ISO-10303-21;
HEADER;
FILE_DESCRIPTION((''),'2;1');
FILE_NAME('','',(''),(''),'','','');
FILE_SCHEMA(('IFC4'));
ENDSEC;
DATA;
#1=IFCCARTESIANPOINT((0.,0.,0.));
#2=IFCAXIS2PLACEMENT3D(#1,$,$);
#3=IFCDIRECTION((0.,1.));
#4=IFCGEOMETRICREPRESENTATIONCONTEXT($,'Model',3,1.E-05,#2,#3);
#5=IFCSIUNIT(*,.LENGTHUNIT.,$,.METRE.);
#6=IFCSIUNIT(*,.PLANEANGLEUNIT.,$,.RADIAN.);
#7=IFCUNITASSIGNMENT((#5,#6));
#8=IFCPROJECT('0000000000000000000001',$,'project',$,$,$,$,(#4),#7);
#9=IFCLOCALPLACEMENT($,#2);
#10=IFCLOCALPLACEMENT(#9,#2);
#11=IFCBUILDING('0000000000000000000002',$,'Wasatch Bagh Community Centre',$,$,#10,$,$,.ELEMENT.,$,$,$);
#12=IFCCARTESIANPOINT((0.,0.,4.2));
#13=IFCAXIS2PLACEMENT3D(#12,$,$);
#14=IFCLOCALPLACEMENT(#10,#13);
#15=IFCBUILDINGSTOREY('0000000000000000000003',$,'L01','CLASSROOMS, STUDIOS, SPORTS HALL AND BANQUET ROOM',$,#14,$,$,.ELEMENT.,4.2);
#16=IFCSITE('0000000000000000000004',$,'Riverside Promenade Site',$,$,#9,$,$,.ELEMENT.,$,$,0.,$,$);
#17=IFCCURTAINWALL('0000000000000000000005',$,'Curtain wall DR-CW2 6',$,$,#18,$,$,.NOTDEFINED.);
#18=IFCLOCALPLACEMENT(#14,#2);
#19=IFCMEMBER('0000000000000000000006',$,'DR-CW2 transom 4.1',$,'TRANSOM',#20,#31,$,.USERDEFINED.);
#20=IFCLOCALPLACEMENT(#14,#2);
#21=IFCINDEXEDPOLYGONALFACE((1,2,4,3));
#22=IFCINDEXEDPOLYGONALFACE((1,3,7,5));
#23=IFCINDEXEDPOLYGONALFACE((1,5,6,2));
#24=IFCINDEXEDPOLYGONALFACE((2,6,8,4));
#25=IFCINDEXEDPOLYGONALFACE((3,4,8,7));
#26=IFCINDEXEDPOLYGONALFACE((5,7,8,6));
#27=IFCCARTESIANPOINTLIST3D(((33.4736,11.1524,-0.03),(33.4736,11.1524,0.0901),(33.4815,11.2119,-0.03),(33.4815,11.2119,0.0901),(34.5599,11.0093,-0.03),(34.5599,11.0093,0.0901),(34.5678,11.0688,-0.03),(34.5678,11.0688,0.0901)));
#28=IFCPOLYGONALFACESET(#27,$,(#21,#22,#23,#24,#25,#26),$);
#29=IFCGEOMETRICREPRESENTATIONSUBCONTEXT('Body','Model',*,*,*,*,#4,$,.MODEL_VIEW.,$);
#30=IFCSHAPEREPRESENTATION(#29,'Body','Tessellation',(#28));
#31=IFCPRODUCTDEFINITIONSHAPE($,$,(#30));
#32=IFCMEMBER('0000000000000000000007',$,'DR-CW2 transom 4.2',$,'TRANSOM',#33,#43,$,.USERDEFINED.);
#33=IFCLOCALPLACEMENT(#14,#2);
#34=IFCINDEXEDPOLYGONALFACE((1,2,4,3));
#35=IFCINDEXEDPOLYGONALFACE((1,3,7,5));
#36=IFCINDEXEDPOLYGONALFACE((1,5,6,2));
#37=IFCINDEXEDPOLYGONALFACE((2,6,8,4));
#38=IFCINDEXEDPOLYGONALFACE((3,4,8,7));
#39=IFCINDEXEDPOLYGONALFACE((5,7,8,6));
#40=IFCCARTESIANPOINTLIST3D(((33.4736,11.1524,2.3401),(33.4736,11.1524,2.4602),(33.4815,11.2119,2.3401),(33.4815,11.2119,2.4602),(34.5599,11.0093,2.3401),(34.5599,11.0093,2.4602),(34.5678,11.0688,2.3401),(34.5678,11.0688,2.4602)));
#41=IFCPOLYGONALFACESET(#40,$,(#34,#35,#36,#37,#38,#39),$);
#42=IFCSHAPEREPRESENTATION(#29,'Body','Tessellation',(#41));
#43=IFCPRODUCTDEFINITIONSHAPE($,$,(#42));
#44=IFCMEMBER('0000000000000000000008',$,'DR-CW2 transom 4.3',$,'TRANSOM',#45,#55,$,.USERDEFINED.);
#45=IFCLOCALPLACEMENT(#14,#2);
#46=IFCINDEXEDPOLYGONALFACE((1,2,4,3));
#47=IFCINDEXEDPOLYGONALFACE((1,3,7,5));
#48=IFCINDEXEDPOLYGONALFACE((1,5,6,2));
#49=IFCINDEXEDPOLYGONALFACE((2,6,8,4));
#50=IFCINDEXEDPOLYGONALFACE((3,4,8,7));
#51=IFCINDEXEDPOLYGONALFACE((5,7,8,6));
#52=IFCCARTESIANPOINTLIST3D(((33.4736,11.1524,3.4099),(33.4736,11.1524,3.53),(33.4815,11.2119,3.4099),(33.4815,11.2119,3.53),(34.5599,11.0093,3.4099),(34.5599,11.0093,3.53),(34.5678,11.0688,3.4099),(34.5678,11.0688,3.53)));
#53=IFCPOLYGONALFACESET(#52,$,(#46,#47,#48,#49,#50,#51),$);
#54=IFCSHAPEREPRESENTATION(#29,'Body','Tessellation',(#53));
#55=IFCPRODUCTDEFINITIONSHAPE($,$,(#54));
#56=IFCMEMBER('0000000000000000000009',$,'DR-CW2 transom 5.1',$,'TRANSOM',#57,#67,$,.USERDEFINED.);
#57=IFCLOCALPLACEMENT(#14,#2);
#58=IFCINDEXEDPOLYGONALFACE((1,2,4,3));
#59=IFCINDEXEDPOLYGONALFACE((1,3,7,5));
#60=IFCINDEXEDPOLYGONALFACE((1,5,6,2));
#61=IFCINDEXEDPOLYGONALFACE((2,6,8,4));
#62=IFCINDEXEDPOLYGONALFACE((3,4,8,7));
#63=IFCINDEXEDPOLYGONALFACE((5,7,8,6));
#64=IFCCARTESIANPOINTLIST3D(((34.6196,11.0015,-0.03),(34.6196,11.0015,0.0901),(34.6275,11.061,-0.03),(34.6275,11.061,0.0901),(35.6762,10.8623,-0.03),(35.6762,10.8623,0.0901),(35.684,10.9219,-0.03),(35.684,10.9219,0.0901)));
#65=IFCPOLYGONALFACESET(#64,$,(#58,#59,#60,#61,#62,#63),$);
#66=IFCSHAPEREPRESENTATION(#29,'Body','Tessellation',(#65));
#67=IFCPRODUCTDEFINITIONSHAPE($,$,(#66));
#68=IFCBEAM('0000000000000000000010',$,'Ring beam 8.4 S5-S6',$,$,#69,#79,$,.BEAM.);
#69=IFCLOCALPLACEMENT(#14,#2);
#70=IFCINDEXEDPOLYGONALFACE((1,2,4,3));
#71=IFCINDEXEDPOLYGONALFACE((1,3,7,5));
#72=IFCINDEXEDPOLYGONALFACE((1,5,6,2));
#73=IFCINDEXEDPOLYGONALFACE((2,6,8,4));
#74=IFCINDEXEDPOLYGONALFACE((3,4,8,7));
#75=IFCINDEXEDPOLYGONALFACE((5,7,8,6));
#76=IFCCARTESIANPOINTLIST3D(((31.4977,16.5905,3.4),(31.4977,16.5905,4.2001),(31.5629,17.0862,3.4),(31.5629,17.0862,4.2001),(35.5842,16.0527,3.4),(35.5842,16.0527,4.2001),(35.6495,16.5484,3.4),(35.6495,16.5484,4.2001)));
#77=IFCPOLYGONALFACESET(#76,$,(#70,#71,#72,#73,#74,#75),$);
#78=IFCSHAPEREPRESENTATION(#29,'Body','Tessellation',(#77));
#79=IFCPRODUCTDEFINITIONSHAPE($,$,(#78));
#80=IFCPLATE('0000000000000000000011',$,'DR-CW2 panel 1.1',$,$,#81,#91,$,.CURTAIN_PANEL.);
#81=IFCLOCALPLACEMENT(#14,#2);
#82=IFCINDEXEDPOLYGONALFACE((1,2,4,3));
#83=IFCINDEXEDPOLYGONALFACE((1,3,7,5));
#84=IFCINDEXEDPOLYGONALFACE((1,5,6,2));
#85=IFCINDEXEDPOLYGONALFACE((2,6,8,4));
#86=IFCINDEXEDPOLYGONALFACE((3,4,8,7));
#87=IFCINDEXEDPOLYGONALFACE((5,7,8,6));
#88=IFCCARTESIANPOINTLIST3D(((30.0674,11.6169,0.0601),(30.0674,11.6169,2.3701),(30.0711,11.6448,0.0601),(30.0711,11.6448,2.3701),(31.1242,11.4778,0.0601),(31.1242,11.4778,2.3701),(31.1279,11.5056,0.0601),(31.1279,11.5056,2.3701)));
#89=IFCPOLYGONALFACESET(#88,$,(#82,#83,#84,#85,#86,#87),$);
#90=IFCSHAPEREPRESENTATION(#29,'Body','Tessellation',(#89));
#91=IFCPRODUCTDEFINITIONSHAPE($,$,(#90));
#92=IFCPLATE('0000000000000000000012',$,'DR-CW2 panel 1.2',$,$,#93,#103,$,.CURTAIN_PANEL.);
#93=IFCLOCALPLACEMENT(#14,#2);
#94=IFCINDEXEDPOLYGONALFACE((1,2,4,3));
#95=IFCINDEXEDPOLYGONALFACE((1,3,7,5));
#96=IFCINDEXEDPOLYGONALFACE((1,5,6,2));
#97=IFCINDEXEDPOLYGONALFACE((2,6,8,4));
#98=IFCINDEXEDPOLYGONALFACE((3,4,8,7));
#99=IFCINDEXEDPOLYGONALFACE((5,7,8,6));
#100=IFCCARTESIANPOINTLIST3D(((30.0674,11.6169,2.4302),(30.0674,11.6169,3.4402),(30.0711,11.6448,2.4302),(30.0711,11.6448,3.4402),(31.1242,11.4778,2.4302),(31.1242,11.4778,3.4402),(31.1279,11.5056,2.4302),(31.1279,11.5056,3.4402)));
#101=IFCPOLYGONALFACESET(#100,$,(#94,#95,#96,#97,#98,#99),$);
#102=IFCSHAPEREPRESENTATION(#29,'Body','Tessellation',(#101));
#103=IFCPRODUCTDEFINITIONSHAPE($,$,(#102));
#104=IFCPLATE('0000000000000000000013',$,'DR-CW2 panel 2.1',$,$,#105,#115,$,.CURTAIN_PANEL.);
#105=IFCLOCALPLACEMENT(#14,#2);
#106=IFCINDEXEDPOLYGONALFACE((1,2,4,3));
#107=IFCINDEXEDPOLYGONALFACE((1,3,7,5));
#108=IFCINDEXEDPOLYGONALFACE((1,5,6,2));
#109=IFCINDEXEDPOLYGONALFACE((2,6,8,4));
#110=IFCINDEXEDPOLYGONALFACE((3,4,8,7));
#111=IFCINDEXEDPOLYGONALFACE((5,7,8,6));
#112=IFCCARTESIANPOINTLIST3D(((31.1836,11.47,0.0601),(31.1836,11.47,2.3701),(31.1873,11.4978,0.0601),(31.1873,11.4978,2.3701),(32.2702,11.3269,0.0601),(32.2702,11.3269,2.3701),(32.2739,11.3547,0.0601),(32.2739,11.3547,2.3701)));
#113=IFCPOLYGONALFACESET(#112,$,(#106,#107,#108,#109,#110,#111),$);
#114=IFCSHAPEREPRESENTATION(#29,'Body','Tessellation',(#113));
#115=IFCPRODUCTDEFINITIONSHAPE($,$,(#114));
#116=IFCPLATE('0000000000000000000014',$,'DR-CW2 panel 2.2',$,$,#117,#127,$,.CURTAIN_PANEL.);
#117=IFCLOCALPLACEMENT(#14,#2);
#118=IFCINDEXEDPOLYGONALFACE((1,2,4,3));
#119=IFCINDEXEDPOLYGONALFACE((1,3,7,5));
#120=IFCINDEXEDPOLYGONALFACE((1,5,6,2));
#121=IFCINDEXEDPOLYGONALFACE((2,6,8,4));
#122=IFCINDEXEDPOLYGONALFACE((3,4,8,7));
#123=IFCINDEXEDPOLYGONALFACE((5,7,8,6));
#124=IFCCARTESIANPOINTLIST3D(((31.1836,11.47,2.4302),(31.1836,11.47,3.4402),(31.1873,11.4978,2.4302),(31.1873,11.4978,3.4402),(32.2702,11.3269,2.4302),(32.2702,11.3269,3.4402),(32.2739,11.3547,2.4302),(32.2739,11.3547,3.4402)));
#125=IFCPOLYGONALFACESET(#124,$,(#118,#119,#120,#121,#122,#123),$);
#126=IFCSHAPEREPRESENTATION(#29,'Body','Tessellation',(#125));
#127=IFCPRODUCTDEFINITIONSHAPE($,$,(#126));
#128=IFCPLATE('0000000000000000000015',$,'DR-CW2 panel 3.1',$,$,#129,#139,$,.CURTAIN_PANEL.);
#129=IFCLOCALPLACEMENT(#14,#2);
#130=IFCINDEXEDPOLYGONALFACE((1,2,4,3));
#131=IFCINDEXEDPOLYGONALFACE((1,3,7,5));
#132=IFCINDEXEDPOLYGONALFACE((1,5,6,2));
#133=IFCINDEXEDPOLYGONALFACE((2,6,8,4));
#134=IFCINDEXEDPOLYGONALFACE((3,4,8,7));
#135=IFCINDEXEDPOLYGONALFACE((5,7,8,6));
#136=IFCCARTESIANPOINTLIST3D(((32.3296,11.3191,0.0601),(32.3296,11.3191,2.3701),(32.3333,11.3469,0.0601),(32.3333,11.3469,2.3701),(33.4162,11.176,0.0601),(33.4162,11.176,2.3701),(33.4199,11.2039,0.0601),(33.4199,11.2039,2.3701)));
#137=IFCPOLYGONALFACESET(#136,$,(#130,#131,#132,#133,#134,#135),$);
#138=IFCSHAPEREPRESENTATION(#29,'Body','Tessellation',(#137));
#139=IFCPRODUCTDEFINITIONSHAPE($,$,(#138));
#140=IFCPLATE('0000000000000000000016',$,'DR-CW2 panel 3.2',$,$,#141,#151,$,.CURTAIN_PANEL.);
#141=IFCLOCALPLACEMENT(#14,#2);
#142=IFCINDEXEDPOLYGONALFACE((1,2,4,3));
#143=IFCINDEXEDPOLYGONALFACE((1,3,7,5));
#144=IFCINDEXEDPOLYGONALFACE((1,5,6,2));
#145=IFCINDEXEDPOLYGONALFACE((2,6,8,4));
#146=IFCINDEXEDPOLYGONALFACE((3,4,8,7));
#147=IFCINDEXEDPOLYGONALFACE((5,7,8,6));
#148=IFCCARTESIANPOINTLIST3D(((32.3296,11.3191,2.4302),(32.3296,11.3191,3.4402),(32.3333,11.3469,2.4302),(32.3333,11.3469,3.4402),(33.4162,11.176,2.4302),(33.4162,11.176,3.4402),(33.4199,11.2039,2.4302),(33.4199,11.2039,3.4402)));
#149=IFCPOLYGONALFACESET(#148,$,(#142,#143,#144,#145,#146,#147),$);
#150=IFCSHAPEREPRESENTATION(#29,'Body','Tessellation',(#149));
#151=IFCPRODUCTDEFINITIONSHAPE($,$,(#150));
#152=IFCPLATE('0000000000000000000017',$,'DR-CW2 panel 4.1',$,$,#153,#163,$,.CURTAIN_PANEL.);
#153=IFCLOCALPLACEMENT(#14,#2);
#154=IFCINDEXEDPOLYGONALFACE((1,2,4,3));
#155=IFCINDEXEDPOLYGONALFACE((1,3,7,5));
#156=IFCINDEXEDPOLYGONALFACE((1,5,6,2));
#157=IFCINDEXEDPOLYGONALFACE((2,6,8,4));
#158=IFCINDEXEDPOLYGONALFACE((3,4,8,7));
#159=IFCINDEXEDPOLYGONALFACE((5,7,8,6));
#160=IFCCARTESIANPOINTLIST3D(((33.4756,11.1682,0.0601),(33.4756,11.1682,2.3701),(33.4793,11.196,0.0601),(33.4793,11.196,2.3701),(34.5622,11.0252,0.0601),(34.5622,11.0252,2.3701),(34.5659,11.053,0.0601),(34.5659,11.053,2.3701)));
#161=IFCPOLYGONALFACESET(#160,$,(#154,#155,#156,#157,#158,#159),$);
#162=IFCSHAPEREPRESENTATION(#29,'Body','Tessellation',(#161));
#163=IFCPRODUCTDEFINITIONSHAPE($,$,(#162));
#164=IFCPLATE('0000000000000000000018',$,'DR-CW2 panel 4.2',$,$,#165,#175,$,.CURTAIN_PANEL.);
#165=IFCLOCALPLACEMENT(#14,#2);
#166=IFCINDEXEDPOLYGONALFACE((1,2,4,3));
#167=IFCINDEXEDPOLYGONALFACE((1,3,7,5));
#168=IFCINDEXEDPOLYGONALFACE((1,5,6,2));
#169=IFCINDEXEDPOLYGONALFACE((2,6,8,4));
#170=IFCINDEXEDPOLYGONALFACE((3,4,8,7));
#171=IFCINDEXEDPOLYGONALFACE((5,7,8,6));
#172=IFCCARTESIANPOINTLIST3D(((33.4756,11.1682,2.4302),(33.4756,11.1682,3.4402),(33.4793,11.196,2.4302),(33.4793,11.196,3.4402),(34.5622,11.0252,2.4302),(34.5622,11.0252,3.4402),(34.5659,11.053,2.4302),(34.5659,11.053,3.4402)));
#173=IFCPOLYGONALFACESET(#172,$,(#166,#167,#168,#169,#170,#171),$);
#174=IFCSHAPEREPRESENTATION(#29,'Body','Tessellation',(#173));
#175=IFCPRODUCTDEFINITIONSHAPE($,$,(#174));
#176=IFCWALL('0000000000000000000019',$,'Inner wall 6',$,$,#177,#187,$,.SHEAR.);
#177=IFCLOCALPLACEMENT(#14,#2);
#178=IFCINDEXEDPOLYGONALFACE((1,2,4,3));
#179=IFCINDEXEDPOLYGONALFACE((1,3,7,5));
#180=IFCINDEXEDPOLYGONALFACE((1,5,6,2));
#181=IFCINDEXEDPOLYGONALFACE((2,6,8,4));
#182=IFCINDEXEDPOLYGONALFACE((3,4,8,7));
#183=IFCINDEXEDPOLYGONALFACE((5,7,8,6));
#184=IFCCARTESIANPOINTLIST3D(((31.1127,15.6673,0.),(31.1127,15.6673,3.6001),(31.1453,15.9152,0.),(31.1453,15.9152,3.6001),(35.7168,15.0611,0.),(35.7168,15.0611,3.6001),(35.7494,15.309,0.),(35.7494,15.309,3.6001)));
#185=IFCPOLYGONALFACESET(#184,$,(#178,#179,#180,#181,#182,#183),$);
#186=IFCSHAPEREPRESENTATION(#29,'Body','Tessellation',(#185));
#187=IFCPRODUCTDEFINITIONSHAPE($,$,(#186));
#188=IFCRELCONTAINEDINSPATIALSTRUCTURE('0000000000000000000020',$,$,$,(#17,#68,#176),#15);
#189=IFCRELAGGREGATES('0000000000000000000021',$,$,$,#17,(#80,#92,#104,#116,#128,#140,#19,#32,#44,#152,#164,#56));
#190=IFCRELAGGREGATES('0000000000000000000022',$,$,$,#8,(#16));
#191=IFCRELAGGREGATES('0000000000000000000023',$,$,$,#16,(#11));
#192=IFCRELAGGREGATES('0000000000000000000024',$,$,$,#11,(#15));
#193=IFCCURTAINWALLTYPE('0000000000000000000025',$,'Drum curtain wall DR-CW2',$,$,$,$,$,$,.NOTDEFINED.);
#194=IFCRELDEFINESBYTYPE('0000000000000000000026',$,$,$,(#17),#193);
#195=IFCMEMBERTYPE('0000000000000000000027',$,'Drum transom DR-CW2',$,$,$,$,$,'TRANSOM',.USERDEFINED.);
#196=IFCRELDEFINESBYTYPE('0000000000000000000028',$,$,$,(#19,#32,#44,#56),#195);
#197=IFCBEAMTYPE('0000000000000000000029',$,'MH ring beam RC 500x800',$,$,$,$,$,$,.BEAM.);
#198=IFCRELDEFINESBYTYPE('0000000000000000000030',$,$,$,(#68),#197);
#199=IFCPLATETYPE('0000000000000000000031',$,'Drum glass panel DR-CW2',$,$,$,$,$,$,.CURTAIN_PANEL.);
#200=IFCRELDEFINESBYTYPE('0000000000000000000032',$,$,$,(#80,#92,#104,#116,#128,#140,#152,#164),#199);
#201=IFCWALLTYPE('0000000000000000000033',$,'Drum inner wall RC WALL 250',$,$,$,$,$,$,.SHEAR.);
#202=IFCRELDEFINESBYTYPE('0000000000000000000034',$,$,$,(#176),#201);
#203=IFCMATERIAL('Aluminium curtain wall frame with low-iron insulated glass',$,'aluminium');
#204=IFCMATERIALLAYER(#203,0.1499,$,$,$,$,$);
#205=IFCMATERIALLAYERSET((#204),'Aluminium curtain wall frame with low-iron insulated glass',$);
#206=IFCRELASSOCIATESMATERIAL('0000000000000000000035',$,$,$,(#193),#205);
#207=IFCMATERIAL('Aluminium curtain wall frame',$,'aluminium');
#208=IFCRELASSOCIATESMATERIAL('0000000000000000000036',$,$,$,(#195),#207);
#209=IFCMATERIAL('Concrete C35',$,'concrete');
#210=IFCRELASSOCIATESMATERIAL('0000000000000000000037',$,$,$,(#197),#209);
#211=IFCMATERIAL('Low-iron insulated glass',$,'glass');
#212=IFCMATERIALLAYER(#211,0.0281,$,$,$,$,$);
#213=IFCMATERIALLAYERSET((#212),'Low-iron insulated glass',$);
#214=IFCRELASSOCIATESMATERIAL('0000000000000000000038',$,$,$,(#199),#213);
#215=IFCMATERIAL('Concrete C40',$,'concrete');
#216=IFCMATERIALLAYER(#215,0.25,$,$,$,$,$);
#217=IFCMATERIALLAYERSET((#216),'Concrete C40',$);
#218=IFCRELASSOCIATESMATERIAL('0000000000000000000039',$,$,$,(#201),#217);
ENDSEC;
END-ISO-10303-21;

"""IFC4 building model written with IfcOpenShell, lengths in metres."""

from ifc_helpers import new_model, si_unit, direction, frame, frame_2d, origin, origin_2d, place, context, subcontext, project, spatial, rectangle, extrude, material, layer, layer_set, material_profile, profile_set, type_object, element, aggregate, save


model = new_model("IFC4")

# Units and contexts
model_context = context("Model", 3, precision=1e-05, world=origin(), true_north=direction((0.0, 1.0)))
body_context = subcontext(model_context, "Body", "Model", "MODEL_VIEW")
ifc_project = project(units=[si_unit("LENGTHUNIT", "METRE"), si_unit("PLANEANGLEUNIT", "RADIAN")], contexts=[model_context])

# Site, building, storey
site_placement = place(None, origin())
site = spatial("IfcSite", under=ifc_project, at=site_placement, Name="Riverside Promenade Site", CompositionType="ELEMENT", RefElevation=0.0)
building_placement = place(site_placement, origin())
building = spatial("IfcBuilding", under=site, at=building_placement, Name="Wasatch Bagh Community Centre", CompositionType="ELEMENT")
storey_placement = place(building_placement, frame((0.0, 0.0, 4.2)))
storey = spatial("IfcBuildingStorey", under=building, at=storey_placement, Name="L01", Description="CLASSROOMS, STUDIOS, SPORTS HALL AND BANQUET ROOM", CompositionType="ELEMENT", Elevation=4.2)

# Shared definitions
ifc_material_1 = material(Name="Concrete C40", Category="concrete")

# Curtain wall
ifc_material_2 = material(Name="Aluminium curtain wall frame with low-iron insulated glass", Category="aluminium")
ifc_layer_1 = layer(ifc_material_2, 0.1499)
ifc_layer_set_1 = layer_set([ifc_layer_1], Name="Aluminium curtain wall frame with low-iron insulated glass")
curtain_wall_type = type_object("IfcCurtainWallType", Name="Drum curtain wall DR-CW2", PredefinedType="NOTDEFINED", material=ifc_layer_set_1)
curtain_wall_placement = place(storey_placement, origin())
curtain_wall = element("IfcCurtainWall", 1, at=curtain_wall_placement, inside=storey, type_object=curtain_wall_type, Name="Curtain wall DR-CW2 6", PredefinedType="NOTDEFINED")
ifc_material_3 = material(Name="Aluminium curtain wall frame", Category="aluminium")

# Shared definitions
ifc_material_4 = material(Name="Concrete C35", Category="concrete")

# Members
ifc_material_profile_1 = material_profile(ifc_material_3, rectangle(XDim=0.0601, YDim=0.1201, at=origin_2d()), Name="Drum transom DR-CW2")
ifc_profile_set_1 = profile_set([ifc_material_profile_1], Name="Aluminium curtain wall frame")
member_type_1 = type_object("IfcMemberType", Name="Drum transom DR-CW2", ElementType="TRANSOM", PredefinedType="USERDEFINED", material=ifc_profile_set_1)
member_1_placement = place(storey_placement, frame((33.4775, 11.1821, 0.03), z_axis=(0.991441, -0.130558, 0.0), x_axis=(0.130558, 0.991441, 0.0)))
member_1 = element("IfcMember", 2, at=member_1_placement, type_object=member_type_1, Name="DR-CW2 transom 4.1", ObjectType="TRANSOM", PredefinedType="USERDEFINED", context=body_context, shape_type="SweptSolid", body=[
    extrude(rectangle(XDim=0.0601, YDim=0.1201, at=origin_2d()), origin(), (0.0, 0.0, 1.0), 1.0957),
])
member_2_placement = place(storey_placement, frame((33.4775, 11.1821, 2.4001), z_axis=(0.991441, -0.130558, 0.0), x_axis=(0.130558, 0.991441, 0.0)))
member_2 = element("IfcMember", 3, at=member_2_placement, type_object=member_type_1, Name="DR-CW2 transom 4.2", ObjectType="TRANSOM", PredefinedType="USERDEFINED", context=body_context, shape_type="SweptSolid", body=[
    extrude(rectangle(XDim=0.0601, YDim=0.1201, at=origin_2d()), origin(), (0.0, 0.0, 1.0), 1.0957),
])
member_3_placement = place(storey_placement, frame((33.4775, 11.1821, 3.47), z_axis=(0.991441, -0.130558, 0.0), x_axis=(0.130558, 0.991441, 0.0)))
member_3 = element("IfcMember", 4, at=member_3_placement, type_object=member_type_1, Name="DR-CW2 transom 4.3", ObjectType="TRANSOM", PredefinedType="USERDEFINED", context=body_context, shape_type="SweptSolid", body=[
    extrude(rectangle(XDim=0.0601, YDim=0.1201, at=origin_2d()), origin(), (0.0, 0.0, 1.0), 1.0957),
])
member_4_placement = place(storey_placement, frame((34.6235, 11.0312, 0.03), z_axis=(0.991439, -0.130573, 0.0), x_axis=(0.130573, 0.991439, 0.0)))
member_4 = element("IfcMember", 5, at=member_4_placement, type_object=member_type_1, Name="DR-CW2 transom 5.1", ObjectType="TRANSOM", PredefinedType="USERDEFINED", context=body_context, shape_type="SweptSolid", body=[
    extrude(rectangle(XDim=0.0601, YDim=0.1201, at=origin_2d()), origin(), (0.0, 0.0, 1.0), 1.0657),
])

# Beam
ifc_material_profile_2 = material_profile(ifc_material_4, rectangle(XDim=0.5, YDim=0.8, at=origin_2d()), Name="RC 500x800")
ifc_profile_set_2 = profile_set([ifc_material_profile_2], Name="Concrete C35")
beam_type_1 = type_object("IfcBeamType", Name="MH ring beam RC 500x800", PredefinedType="BEAM", material=ifc_profile_set_2)
beam_1_placement = place(storey_placement, frame((31.5303, 16.8384, 3.8), z_axis=(0.99145, -0.130484, 0.0), x_axis=(0.130484, 0.99145, 0.0)))
element("IfcBeam", 6, at=beam_1_placement, inside=storey, type_object=beam_type_1, Name="Ring beam 8.4 S5-S6", PredefinedType="BEAM", context=body_context, shape_type="SweptSolid", body=[
    extrude(rectangle(XDim=0.5, YDim=0.8, at=origin_2d()), origin(), (0.0, 0.0, 1.0), 4.1218),
])

# Plates
ifc_material_5 = material(Name="Low-iron insulated glass", Category="glass")
ifc_layer_2 = layer(ifc_material_5, 0.0281)
ifc_layer_set_2 = layer_set([ifc_layer_2], Name="Low-iron insulated glass")
plate_type = type_object("IfcPlateType", Name="Drum glass panel DR-CW2", PredefinedType="CURTAIN_PANEL", material=ifc_layer_set_2)
plate_1_placement = place(storey_placement, frame((30.5977, 11.5613, 0.0601), z_axis=(0.0, 0.0, 1.0), x_axis=(0.991445, -0.130526, 0.0)))
plate_1 = element("IfcPlate", 7, at=plate_1_placement, type_object=plate_type, Name="DR-CW2 panel 1.1", PredefinedType="CURTAIN_PANEL", context=body_context, shape_type="SweptSolid", body=[
    extrude(rectangle(XDim=1.0659, YDim=0.0281, at=origin_2d()), origin(), (0.0, 0.0, 1.0), 2.3101),
])
plate_2_placement = place(storey_placement, frame((30.5977, 11.5613, 2.4302), z_axis=(0.0, 0.0, 1.0), x_axis=(0.991445, -0.130526, 0.0)))
plate_2 = element("IfcPlate", 8, at=plate_2_placement, type_object=plate_type, Name="DR-CW2 panel 1.2", PredefinedType="CURTAIN_PANEL", context=body_context, shape_type="SweptSolid", body=[
    extrude(rectangle(XDim=1.0659, YDim=0.0281, at=origin_2d()), origin(), (0.0, 0.0, 1.0), 1.01),
])
plate_3_placement = place(storey_placement, frame((31.7288, 11.4124, 0.0601), z_axis=(0.0, 0.0, 1.0), x_axis=(0.991445, -0.130526, 0.0)))
plate_3 = element("IfcPlate", 9, at=plate_3_placement, type_object=plate_type, Name="DR-CW2 panel 2.1", PredefinedType="CURTAIN_PANEL", context=body_context, shape_type="SweptSolid", body=[
    extrude(rectangle(XDim=1.0959, YDim=0.0281, at=origin_2d()), origin(), (0.0, 0.0, 1.0), 2.3101),
])
plate_4_placement = place(storey_placement, frame((31.7288, 11.4124, 2.4302), z_axis=(0.0, 0.0, 1.0), x_axis=(0.991445, -0.130526, 0.0)))
plate_4 = element("IfcPlate", 10, at=plate_4_placement, type_object=plate_type, Name="DR-CW2 panel 2.2", PredefinedType="CURTAIN_PANEL", context=body_context, shape_type="SweptSolid", body=[
    extrude(rectangle(XDim=1.0959, YDim=0.0281, at=origin_2d()), origin(), (0.0, 0.0, 1.0), 1.01),
])
plate_5_placement = place(storey_placement, frame((32.8748, 11.2615, 0.0601), z_axis=(0.0, 0.0, 1.0), x_axis=(0.991445, -0.130526, 0.0)))
plate_5 = element("IfcPlate", 11, at=plate_5_placement, type_object=plate_type, Name="DR-CW2 panel 3.1", PredefinedType="CURTAIN_PANEL", context=body_context, shape_type="SweptSolid", body=[
    extrude(rectangle(XDim=1.0959, YDim=0.0281, at=origin_2d()), origin(), (0.0, 0.0, 1.0), 2.3101),
])
plate_6_placement = place(storey_placement, frame((32.8748, 11.2615, 2.4302), z_axis=(0.0, 0.0, 1.0), x_axis=(0.991445, -0.130526, 0.0)))
plate_6 = element("IfcPlate", 12, at=plate_6_placement, type_object=plate_type, Name="DR-CW2 panel 3.2", PredefinedType="CURTAIN_PANEL", context=body_context, shape_type="SweptSolid", body=[
    extrude(rectangle(XDim=1.0959, YDim=0.0281, at=origin_2d()), origin(), (0.0, 0.0, 1.0), 1.01),
])
plate_7_placement = place(storey_placement, frame((34.0208, 11.1106, 0.0601), z_axis=(0.0, 0.0, 1.0), x_axis=(0.991445, -0.130526, 0.0)))
plate_7 = element("IfcPlate", 13, at=plate_7_placement, type_object=plate_type, Name="DR-CW2 panel 4.1", PredefinedType="CURTAIN_PANEL", context=body_context, shape_type="SweptSolid", body=[
    extrude(rectangle(XDim=1.0959, YDim=0.0281, at=origin_2d()), origin(), (0.0, 0.0, 1.0), 2.3101),
])
plate_8_placement = place(storey_placement, frame((34.0208, 11.1106, 2.4302), z_axis=(0.0, 0.0, 1.0), x_axis=(0.991445, -0.130526, 0.0)))
plate_8 = element("IfcPlate", 14, at=plate_8_placement, type_object=plate_type, Name="DR-CW2 panel 4.2", PredefinedType="CURTAIN_PANEL", context=body_context, shape_type="SweptSolid", body=[
    extrude(rectangle(XDim=1.0959, YDim=0.0281, at=origin_2d()), origin(), (0.0, 0.0, 1.0), 1.01),
])
aggregate(curtain_wall, [plate_1, plate_2, plate_3, plate_4, plate_5, plate_6, member_1, member_2, member_3, plate_7, plate_8, member_4])

# Wall
ifc_layer_3 = layer(ifc_material_1, 0.25)
ifc_layer_set_3 = layer_set([ifc_layer_3], Name="Concrete C40")
wall_type_1 = type_object("IfcWallType", Name="Drum inner wall RC WALL 250", PredefinedType="SHEAR", material=ifc_layer_set_3)
wall_1_placement = place(storey_placement, frame((31.1292, 15.7913, 0.0), z_axis=(0.0, 0.0, 1.0), x_axis=(0.991443, -0.130542, 0.0)))
element("IfcWall", 15, at=wall_1_placement, inside=storey, type_object=wall_type_1, Name="Inner wall 6", PredefinedType="SHEAR", context=body_context, shape_type="SweptSolid", body=[
    extrude(rectangle(XDim=4.6438, YDim=0.25, at=frame_2d((2.3218, 0.0))), origin(), (0.0, 0.0, 1.0), 3.6001),
])

save(model, "model.ifc")
